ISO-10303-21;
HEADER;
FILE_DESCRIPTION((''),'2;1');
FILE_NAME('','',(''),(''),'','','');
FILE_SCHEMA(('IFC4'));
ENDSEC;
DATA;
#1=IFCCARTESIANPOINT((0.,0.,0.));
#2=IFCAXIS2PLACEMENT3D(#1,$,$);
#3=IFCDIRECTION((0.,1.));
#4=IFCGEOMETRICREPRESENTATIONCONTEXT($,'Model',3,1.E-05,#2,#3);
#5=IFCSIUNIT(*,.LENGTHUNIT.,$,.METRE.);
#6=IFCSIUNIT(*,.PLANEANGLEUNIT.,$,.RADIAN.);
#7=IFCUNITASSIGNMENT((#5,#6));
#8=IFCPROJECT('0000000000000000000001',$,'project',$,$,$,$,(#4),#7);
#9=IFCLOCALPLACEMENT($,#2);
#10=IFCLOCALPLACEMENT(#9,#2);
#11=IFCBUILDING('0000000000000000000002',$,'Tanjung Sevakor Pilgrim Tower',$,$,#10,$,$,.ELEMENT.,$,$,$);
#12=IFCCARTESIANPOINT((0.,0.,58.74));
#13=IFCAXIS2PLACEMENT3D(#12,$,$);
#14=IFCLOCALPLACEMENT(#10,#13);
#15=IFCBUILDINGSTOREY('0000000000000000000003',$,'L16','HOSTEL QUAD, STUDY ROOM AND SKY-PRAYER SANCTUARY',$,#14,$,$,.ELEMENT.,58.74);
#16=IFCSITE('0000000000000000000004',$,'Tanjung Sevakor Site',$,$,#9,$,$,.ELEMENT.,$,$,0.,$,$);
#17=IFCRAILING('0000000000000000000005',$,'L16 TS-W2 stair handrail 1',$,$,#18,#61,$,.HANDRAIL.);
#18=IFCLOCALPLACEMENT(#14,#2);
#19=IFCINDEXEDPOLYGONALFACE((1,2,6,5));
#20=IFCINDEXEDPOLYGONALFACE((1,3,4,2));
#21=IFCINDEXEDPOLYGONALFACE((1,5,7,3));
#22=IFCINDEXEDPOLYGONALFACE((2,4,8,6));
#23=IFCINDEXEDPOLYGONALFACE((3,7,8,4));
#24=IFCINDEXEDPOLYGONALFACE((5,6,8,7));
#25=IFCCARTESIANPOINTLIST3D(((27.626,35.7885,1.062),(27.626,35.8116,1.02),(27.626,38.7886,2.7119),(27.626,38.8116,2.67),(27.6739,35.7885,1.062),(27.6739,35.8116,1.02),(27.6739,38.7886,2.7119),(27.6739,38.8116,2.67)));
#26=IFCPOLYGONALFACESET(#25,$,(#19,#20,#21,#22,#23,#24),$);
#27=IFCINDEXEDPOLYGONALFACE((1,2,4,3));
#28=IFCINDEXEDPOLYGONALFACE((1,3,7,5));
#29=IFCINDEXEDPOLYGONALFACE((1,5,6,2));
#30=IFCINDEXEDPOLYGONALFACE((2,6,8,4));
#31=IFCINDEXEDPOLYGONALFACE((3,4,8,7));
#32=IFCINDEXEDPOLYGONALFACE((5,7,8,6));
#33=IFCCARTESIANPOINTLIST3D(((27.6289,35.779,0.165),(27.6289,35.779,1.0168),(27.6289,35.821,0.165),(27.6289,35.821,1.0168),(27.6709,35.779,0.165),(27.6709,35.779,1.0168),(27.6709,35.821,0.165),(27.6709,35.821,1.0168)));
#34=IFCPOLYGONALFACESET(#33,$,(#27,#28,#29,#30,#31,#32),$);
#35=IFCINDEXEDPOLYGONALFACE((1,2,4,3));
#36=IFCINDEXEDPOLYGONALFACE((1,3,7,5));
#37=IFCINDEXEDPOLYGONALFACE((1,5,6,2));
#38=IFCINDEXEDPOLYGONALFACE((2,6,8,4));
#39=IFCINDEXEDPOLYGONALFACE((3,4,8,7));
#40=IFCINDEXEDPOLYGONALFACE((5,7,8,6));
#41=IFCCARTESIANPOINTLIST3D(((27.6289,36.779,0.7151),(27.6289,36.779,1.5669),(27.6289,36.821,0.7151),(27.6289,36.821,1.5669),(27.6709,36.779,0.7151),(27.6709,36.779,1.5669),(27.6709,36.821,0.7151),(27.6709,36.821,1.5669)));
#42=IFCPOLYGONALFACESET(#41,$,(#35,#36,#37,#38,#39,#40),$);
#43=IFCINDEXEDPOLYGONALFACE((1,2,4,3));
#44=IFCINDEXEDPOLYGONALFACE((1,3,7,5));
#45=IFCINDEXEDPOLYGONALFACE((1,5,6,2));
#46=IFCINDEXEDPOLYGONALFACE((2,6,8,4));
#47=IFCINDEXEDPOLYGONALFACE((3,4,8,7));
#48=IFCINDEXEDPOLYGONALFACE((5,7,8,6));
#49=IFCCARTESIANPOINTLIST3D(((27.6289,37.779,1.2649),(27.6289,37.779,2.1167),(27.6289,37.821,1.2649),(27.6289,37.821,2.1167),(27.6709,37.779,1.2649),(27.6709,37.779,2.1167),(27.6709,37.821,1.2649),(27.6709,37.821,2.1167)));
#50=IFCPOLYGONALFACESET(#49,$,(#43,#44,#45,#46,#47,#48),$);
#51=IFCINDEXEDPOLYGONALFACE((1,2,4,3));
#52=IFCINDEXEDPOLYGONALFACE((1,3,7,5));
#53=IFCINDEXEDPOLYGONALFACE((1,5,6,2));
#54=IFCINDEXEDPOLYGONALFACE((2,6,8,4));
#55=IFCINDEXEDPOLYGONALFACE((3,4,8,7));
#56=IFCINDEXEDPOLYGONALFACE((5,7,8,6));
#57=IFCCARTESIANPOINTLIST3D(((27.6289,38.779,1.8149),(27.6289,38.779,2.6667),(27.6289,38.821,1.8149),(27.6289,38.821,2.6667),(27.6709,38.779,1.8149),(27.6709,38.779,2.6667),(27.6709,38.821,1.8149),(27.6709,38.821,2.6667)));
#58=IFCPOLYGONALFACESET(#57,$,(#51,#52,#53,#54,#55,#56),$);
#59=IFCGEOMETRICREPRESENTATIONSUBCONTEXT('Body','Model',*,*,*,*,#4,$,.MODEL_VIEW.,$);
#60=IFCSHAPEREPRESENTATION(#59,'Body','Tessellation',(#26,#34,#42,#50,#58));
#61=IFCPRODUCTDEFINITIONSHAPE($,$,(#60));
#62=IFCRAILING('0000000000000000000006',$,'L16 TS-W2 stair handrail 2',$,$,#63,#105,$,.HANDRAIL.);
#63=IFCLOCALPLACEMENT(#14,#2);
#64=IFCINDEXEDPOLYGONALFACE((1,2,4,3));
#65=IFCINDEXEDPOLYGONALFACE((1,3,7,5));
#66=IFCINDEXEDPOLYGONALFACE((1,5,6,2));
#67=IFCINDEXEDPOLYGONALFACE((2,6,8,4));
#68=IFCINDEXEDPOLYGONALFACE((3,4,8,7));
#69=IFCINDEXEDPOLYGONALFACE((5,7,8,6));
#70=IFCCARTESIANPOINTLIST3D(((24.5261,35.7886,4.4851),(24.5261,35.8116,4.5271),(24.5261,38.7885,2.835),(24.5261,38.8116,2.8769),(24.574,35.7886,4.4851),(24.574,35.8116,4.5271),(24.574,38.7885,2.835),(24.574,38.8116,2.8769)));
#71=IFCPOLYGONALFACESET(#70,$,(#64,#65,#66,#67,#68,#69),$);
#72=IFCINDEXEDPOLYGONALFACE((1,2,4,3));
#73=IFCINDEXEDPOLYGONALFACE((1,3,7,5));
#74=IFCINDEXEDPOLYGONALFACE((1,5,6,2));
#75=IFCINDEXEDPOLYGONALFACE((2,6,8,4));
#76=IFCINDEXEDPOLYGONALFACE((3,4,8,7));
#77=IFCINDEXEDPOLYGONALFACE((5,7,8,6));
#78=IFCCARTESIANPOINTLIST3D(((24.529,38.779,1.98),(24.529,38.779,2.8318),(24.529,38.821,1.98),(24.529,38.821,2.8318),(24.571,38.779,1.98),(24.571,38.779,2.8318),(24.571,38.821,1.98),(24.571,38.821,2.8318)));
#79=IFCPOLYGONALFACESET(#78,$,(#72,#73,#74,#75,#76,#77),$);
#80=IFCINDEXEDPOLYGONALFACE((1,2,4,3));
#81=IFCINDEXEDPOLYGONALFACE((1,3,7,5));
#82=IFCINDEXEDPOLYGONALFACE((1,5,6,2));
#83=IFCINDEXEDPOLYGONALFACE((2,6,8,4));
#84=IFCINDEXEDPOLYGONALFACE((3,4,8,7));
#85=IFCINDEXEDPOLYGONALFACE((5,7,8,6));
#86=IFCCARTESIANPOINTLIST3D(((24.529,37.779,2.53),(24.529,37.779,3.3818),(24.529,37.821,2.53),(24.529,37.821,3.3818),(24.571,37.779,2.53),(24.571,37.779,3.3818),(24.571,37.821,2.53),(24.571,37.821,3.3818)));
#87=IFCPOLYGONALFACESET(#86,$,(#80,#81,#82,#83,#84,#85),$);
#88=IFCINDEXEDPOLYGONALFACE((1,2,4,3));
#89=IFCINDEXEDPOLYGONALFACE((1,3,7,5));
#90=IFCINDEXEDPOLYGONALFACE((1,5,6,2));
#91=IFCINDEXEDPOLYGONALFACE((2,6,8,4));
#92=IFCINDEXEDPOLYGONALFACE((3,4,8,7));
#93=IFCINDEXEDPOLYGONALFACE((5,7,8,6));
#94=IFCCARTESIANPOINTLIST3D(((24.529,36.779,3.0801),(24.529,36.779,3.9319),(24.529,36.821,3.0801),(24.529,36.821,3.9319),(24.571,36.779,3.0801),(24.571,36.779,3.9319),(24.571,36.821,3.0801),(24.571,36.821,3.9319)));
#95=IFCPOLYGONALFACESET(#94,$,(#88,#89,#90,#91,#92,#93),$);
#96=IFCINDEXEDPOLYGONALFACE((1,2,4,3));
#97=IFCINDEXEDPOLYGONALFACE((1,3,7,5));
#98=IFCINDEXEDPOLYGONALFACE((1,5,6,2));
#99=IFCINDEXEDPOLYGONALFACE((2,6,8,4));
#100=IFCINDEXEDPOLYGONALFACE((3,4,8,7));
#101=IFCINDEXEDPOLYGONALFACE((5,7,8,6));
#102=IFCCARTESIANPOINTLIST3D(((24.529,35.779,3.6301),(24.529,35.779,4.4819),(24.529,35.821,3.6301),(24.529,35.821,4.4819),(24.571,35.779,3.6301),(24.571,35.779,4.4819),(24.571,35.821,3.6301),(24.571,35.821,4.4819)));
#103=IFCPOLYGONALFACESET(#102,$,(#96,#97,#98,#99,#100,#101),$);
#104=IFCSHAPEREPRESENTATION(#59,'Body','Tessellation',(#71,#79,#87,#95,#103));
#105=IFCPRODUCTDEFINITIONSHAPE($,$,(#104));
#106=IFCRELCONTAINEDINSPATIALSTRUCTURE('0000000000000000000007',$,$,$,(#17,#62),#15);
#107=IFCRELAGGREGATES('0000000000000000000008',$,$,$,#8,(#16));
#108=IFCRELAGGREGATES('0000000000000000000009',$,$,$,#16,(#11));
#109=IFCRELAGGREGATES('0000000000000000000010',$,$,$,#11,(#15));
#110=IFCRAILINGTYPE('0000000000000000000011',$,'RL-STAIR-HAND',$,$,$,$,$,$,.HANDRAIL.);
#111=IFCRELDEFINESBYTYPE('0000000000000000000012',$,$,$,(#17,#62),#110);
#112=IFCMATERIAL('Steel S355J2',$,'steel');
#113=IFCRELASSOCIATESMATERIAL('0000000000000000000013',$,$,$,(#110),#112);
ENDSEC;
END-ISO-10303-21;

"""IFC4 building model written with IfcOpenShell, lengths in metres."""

from ifc_helpers import new_model, si_unit, direction, frame, origin, place, context, subcontext, project, spatial, rectangle, extrude, material, type_object, element, save


model = new_model("IFC4")

# Units and contexts
model_context = context("Model", 3, precision=1e-05, world=origin(), true_north=direction((0.0, 1.0)))
body_context = subcontext(model_context, "Body", "Model", "MODEL_VIEW")
ifc_project = project(units=[si_unit("LENGTHUNIT", "METRE"), si_unit("PLANEANGLEUNIT", "RADIAN")], contexts=[model_context])

# Site, building, storey
site_placement = place(None, origin())
site = spatial("IfcSite", under=ifc_project, at=site_placement, Name="Tanjung Sevakor Site", CompositionType="ELEMENT", RefElevation=0.0)
building_placement = place(site_placement, origin())
building = spatial("IfcBuilding", under=site, at=building_placement, Name="Tanjung Sevakor Pilgrim Tower", CompositionType="ELEMENT")
storey_placement = place(building_placement, frame((0.0, 0.0, 58.74)))
storey = spatial("IfcBuildingStorey", under=building, at=storey_placement, Name="L16", Description="HOSTEL QUAD, STUDY ROOM AND SKY-PRAYER SANCTUARY", CompositionType="ELEMENT", Elevation=58.74)

# Railings
ifc_material_1 = material(Name="Steel S355J2", Category="steel")
railing_type_1 = type_object("IfcRailingType", Name="RL-STAIR-HAND", PredefinedType="HANDRAIL", material=ifc_material_1)
railing_1_placement = place(storey_placement, frame((27.6499, 35.8, 0.165)))
element("IfcRailing", 1, at=railing_1_placement, inside=storey, type_object=railing_type_1, Name="L16 TS-W2 stair handrail 1", PredefinedType="HANDRAIL", context=body_context, shape_type="SweptSolid", body=[
    extrude(rectangle(XDim=0.0479, YDim=0.0479), frame((0.0, 0.0, 0.876), z_axis=(0.0, 0.876228, 0.481897), x_axis=(-1.0, 0.0, 0.0)), (0.0, 0.0, 1.0), 3.4238),
    extrude(rectangle(XDim=0.042, YDim=0.042), origin(), (0.0, 0.0, 1.0), 0.8518),
    extrude(rectangle(XDim=0.042, YDim=0.042), frame((0.0, 1.0, 0.55)), (0.0, 0.0, 1.0), 0.8518),
    extrude(rectangle(XDim=0.042, YDim=0.042), frame((0.0, 2.0, 1.0999)), (0.0, 0.0, 1.0), 0.8518),
    extrude(rectangle(XDim=0.042, YDim=0.042), frame((0.0, 3.0, 1.6499)), (0.0, 0.0, 1.0), 0.8518),
])
railing_2_placement = place(storey_placement, frame((24.55, 38.8, 1.98)))
element("IfcRailing", 2, at=railing_2_placement, inside=storey, type_object=railing_type_1, Name="L16 TS-W2 stair handrail 2", PredefinedType="HANDRAIL", context=body_context, shape_type="SweptSolid", body=[
    extrude(rectangle(XDim=0.0479, YDim=0.0479), frame((0.0, 0.0, 0.876), z_axis=(0.0, -0.876198, 0.481952), x_axis=(1.0, 0.0, 0.0)), (0.0, 0.0, 1.0), 3.4238),
    extrude(rectangle(XDim=0.042, YDim=0.042), origin(), (0.0, 0.0, 1.0), 0.8518),
    extrude(rectangle(XDim=0.042, YDim=0.042), frame((0.0, -1.0, 0.55)), (0.0, 0.0, 1.0), 0.8518),
    extrude(rectangle(XDim=0.042, YDim=0.042), frame((0.0, -2.0, 1.1001)), (0.0, 0.0, 1.0), 0.8518),
    extrude(rectangle(XDim=0.042, YDim=0.042), frame((0.0, -3.0, 1.6501)), (0.0, 0.0, 1.0), 0.8518),
])

save(model, "model.ifc")
